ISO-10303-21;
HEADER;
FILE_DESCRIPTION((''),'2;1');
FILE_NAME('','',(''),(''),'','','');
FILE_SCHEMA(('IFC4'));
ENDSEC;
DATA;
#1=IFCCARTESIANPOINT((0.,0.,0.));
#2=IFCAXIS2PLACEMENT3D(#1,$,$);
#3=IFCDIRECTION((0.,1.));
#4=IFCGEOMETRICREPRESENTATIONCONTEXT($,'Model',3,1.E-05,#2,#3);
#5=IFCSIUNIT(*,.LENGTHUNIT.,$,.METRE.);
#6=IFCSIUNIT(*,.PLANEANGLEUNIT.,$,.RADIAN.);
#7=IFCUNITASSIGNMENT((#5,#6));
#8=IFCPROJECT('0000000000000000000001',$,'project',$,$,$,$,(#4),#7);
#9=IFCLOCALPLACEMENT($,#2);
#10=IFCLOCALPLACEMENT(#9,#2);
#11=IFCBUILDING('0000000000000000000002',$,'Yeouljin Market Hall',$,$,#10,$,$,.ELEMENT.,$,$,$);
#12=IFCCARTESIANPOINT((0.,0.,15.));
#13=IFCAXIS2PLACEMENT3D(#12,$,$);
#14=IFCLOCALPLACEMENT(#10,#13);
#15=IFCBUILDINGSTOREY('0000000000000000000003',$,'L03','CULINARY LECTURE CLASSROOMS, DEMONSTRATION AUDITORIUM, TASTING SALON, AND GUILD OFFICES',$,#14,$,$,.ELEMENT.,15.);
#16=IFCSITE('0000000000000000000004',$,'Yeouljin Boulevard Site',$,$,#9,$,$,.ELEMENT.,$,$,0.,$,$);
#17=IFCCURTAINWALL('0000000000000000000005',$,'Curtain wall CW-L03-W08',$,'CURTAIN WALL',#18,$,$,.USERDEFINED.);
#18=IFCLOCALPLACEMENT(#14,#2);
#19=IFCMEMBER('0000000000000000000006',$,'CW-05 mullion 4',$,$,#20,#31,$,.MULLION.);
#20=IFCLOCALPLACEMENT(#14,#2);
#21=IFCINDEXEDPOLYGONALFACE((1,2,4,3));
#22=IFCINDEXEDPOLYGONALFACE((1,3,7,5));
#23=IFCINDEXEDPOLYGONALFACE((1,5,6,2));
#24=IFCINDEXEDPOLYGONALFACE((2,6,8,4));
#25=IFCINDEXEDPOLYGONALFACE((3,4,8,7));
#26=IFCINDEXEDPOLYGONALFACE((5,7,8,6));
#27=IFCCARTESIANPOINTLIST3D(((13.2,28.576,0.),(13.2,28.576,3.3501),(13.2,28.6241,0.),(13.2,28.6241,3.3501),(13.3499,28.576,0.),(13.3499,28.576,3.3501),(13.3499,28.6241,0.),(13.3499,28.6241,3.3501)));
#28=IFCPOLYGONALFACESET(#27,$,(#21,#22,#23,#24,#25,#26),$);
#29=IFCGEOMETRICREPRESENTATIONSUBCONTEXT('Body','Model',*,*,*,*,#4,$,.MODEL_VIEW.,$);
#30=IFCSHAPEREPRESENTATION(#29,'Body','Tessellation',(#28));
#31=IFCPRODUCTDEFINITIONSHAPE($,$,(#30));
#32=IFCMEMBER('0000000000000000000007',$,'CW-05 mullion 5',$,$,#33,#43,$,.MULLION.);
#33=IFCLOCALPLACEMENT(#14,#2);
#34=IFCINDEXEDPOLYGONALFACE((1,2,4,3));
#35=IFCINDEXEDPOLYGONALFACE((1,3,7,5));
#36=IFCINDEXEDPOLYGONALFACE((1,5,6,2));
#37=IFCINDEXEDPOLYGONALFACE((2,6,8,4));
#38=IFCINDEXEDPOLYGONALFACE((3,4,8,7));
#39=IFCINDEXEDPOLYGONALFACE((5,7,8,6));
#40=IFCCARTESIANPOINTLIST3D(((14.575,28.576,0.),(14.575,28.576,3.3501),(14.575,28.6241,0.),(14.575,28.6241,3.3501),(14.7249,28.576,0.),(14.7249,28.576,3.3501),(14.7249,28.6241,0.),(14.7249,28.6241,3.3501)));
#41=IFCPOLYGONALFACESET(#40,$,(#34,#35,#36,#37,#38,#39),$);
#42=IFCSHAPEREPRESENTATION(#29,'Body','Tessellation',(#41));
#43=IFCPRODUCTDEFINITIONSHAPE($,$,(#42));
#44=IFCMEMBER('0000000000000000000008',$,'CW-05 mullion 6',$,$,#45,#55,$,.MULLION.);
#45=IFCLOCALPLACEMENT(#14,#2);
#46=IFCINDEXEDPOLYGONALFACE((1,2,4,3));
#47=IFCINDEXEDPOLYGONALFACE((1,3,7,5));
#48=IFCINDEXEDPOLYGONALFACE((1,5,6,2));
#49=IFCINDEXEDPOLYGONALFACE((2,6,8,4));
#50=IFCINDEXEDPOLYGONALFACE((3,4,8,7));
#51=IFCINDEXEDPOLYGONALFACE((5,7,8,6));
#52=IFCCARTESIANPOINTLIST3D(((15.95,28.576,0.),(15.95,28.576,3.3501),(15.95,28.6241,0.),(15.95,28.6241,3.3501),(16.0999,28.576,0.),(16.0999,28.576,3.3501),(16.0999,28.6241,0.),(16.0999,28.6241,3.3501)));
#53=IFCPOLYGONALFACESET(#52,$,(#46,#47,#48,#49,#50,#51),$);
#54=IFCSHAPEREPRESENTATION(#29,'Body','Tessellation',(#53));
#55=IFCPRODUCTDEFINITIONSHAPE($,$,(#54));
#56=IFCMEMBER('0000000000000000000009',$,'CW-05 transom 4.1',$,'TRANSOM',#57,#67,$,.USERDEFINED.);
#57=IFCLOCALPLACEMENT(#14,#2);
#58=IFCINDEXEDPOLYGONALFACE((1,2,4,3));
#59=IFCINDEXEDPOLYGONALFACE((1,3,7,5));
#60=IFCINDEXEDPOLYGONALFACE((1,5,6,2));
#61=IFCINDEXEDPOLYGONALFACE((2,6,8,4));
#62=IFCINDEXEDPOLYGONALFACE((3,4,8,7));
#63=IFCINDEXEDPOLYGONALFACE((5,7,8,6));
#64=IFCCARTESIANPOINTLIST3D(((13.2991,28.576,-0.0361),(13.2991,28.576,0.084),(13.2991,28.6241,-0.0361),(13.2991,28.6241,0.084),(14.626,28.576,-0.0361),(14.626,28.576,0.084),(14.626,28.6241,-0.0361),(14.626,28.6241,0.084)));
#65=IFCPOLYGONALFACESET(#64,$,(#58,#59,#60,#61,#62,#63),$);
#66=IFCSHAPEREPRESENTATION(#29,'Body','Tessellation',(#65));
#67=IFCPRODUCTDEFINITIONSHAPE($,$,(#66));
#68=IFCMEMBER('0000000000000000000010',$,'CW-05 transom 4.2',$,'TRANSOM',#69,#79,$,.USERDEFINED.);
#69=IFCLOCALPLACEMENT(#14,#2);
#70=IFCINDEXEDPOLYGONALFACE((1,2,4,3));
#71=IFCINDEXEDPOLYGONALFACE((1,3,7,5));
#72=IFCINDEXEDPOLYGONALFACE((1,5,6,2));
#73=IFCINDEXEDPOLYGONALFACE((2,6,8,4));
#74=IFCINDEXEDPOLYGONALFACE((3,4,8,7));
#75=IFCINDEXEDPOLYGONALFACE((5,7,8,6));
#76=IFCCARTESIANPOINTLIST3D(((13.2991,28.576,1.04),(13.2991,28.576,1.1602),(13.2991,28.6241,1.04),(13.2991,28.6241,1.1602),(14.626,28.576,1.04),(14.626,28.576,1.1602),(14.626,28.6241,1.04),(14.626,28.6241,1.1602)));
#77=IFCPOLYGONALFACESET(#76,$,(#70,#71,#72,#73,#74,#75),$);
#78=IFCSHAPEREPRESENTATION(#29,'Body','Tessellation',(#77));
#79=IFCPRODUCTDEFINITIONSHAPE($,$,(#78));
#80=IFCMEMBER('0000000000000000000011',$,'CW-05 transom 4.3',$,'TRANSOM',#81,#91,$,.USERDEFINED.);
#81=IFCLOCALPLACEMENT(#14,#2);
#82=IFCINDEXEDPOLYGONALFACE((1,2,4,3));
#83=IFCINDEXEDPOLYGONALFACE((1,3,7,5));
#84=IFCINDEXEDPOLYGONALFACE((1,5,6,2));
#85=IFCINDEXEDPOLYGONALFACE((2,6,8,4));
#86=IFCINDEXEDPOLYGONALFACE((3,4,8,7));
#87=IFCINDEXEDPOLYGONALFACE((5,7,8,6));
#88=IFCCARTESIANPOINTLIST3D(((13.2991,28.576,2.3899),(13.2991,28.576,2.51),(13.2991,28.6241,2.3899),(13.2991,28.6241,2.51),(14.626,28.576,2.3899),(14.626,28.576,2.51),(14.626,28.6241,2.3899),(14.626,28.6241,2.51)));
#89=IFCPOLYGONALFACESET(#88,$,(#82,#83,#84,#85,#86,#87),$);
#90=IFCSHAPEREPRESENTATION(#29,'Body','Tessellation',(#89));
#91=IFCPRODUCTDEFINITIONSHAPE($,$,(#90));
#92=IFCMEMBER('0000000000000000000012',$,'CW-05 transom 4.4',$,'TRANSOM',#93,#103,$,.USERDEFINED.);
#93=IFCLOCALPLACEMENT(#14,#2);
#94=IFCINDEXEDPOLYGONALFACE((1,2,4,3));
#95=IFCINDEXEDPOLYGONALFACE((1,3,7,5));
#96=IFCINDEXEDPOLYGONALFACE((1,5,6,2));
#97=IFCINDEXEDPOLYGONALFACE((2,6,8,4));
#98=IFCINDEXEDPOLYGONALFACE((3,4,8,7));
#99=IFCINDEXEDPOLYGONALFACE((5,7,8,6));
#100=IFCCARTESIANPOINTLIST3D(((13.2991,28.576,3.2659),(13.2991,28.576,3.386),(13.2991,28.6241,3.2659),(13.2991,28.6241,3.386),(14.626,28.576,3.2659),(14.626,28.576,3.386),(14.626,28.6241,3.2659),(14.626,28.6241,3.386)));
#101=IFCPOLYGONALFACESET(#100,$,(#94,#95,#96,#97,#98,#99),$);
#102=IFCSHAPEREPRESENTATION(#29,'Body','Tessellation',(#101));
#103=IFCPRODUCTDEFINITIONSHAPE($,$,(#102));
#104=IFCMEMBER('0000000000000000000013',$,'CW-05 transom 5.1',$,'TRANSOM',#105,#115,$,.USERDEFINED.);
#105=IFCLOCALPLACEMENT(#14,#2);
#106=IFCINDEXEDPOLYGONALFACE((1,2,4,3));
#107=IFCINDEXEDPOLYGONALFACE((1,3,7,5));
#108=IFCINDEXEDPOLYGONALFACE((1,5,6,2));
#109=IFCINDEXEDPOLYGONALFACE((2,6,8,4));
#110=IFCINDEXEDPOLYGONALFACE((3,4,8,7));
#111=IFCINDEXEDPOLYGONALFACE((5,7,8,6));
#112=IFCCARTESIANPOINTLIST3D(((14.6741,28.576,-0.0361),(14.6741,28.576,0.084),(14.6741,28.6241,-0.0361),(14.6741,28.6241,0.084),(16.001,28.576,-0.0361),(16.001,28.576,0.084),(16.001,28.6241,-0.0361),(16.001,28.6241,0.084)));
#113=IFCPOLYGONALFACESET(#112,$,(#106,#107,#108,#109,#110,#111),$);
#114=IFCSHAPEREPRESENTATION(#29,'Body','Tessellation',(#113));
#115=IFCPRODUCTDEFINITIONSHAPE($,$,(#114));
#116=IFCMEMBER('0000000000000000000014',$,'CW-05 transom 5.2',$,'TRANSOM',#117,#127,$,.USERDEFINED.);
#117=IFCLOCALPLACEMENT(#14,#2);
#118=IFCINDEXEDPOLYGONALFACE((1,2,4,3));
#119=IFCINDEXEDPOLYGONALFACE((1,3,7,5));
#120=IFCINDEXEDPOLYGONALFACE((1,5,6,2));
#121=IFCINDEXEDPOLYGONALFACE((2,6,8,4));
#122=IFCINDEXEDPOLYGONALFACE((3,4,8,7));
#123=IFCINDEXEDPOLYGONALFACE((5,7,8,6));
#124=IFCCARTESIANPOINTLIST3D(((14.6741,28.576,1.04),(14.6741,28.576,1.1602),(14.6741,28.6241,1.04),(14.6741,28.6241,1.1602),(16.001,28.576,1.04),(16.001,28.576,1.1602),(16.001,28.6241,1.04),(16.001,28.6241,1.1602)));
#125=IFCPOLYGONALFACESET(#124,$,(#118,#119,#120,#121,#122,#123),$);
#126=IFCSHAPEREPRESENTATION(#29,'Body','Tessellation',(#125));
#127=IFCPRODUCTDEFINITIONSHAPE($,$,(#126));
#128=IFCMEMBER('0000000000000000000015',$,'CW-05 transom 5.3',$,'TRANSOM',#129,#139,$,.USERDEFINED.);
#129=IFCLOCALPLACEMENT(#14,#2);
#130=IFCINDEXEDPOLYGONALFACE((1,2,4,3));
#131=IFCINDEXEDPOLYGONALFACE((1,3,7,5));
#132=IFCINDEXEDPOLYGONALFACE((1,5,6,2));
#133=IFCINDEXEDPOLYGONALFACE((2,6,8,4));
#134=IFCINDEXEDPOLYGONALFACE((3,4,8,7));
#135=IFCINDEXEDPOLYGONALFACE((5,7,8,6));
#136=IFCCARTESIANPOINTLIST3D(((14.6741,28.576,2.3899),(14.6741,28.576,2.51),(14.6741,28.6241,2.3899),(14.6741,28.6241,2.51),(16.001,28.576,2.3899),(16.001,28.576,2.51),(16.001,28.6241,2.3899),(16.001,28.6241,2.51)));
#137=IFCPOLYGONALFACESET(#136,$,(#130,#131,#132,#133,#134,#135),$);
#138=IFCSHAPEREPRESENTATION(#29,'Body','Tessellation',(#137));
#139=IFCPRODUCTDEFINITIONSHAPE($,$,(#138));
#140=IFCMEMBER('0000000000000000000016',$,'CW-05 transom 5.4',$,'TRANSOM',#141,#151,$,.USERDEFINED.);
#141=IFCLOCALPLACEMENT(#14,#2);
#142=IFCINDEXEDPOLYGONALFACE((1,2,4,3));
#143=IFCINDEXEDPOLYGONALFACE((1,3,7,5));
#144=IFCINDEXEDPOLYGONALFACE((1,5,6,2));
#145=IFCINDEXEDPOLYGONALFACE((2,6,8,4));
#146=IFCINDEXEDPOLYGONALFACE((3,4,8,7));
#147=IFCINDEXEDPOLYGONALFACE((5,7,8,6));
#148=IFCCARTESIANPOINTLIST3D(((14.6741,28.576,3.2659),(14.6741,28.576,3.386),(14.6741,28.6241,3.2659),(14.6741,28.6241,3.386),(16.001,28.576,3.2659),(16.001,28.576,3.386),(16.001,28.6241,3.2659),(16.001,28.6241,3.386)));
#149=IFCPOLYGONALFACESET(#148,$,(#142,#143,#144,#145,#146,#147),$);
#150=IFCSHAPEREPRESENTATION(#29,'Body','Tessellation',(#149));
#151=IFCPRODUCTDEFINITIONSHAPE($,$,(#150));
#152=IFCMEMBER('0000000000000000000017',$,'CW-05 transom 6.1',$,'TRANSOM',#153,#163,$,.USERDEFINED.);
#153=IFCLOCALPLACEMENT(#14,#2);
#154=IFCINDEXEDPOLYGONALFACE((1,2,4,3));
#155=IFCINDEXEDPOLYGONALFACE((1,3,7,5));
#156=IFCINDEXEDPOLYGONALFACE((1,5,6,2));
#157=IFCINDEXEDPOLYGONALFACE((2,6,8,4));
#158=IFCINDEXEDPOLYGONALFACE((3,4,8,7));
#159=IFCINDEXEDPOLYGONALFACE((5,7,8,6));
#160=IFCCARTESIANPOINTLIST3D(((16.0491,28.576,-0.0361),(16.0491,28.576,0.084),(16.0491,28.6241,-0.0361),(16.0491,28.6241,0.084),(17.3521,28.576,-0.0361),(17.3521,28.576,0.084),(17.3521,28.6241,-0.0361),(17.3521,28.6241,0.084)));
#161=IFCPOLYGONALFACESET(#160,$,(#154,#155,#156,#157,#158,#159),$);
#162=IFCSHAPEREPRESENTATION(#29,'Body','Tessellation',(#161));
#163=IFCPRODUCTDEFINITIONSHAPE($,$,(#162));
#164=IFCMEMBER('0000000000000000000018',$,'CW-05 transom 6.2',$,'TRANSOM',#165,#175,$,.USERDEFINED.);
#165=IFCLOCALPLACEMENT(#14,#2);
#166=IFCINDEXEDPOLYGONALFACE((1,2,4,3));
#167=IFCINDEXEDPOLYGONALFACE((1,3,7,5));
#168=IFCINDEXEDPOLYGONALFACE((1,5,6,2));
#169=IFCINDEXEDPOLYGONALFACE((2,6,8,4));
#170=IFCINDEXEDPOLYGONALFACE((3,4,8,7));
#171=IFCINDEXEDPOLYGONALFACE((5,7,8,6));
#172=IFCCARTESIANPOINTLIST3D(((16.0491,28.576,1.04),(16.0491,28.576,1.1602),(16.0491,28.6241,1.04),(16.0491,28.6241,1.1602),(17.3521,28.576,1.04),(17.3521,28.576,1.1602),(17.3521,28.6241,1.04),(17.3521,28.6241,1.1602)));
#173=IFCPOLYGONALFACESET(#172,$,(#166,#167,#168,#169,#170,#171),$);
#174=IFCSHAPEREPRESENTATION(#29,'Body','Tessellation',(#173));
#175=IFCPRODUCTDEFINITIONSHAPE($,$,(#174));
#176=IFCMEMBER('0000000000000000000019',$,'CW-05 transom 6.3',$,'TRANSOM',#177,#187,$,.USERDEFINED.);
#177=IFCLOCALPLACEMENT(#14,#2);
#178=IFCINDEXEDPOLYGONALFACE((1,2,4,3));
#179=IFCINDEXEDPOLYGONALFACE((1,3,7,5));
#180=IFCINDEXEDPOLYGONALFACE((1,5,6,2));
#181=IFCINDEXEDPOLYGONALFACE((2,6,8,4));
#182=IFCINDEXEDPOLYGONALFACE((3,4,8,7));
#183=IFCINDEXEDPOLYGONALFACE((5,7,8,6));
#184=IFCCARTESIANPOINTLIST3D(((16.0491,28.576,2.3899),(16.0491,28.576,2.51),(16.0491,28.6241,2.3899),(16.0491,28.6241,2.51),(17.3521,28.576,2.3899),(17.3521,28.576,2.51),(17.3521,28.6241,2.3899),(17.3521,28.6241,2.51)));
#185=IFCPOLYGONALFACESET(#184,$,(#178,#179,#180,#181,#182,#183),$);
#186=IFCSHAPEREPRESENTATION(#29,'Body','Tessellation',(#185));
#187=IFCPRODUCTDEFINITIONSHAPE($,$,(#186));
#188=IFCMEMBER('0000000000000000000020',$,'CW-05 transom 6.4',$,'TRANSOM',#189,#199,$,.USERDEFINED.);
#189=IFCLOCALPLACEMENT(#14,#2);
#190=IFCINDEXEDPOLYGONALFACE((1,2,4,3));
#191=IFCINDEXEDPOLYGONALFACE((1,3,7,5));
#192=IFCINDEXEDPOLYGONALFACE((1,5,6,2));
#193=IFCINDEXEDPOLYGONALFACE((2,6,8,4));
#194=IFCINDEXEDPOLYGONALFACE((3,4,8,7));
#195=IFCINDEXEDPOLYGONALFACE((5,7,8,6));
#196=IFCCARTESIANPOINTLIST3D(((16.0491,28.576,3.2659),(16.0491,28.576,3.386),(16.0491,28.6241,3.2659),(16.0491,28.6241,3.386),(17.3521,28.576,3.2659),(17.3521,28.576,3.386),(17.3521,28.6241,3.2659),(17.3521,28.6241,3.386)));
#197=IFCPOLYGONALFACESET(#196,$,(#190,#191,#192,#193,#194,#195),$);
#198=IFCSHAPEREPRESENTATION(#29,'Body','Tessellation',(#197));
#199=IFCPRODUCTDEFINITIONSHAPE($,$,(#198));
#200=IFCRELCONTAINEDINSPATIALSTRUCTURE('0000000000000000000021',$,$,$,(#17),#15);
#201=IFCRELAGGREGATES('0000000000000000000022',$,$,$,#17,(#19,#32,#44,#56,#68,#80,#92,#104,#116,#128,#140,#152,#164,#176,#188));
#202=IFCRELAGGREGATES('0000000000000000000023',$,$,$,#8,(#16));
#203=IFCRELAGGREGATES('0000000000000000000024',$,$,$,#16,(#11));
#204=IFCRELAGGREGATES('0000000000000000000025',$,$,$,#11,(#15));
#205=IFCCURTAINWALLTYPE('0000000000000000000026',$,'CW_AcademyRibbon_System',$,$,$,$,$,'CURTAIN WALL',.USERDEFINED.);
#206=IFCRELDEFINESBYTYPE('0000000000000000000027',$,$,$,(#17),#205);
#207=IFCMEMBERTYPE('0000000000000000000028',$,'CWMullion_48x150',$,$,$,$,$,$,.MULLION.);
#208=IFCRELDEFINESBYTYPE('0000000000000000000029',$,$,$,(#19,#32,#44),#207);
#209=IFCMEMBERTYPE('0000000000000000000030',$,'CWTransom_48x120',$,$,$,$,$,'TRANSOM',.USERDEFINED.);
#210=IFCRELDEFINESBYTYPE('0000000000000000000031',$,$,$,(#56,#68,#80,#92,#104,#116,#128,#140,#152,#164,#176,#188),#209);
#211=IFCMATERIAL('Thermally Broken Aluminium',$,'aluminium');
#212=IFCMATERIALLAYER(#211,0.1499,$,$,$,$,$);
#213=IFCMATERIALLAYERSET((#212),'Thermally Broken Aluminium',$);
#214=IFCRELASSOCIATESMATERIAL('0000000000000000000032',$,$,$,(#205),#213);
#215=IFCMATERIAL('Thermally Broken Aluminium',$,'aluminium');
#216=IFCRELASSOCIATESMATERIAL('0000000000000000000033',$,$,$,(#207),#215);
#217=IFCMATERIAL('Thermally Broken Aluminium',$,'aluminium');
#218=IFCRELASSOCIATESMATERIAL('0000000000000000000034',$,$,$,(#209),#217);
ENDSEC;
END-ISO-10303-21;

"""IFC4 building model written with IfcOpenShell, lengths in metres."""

from ifc_helpers import new_model, si_unit, direction, frame, origin, origin_2d, place, context, subcontext, project, spatial, rectangle, extrude, material, layer, layer_set, material_profile, profile_set, type_object, element, aggregate, save


model = new_model("IFC4")

# Units and contexts
model_context = context("Model", 3, precision=1e-05, world=origin(), true_north=direction((0.0, 1.0)))
body_context = subcontext(model_context, "Body", "Model", "MODEL_VIEW")
ifc_project = project(units=[si_unit("LENGTHUNIT", "METRE"), si_unit("PLANEANGLEUNIT", "RADIAN")], contexts=[model_context])

# Site, building, storey
site_placement = place(None, origin())
site = spatial("IfcSite", under=ifc_project, at=site_placement, Name="Yeouljin Boulevard Site", CompositionType="ELEMENT", RefElevation=0.0)
building_placement = place(site_placement, origin())
building = spatial("IfcBuilding", under=site, at=building_placement, Name="Yeouljin Market Hall", CompositionType="ELEMENT")
storey_placement = place(building_placement, frame((0.0, 0.0, 15.0)))
storey = spatial("IfcBuildingStorey", under=building, at=storey_placement, Name="L03", Description="CULINARY LECTURE CLASSROOMS, DEMONSTRATION AUDITORIUM, TASTING SALON, AND GUILD OFFICES", CompositionType="ELEMENT", Elevation=15.0)

# Curtain wall, members
ifc_material_1 = material(Name="Thermally Broken Aluminium", Category="aluminium")
ifc_layer_1 = layer(ifc_material_1, 0.1499)
ifc_layer_set_1 = layer_set([ifc_layer_1], Name="Thermally Broken Aluminium")
curtain_wall_type = type_object("IfcCurtainWallType", Name="CW_AcademyRibbon_System", ElementType="CURTAIN WALL", PredefinedType="USERDEFINED", material=ifc_layer_set_1)
curtain_wall_placement = place(storey_placement, origin())
curtain_wall = element("IfcCurtainWall", 1, at=curtain_wall_placement, inside=storey, type_object=curtain_wall_type, Name="Curtain wall CW-L03-W08", ObjectType="CURTAIN WALL", PredefinedType="USERDEFINED")
ifc_material_2 = material(Name="Thermally Broken Aluminium", Category="aluminium")
ifc_material_profile_1 = material_profile(ifc_material_2, rectangle(XDim=0.0481, YDim=0.1499, at=origin_2d()), Name="CW-MULL-48x150")
ifc_profile_set_1 = profile_set([ifc_material_profile_1], Name="Thermally Broken Aluminium")
member_type_1 = type_object("IfcMemberType", Name="CWMullion_48x150", PredefinedType="MULLION", material=ifc_profile_set_1)
member_1_placement = place(storey_placement, frame((13.2749, 28.6001, 0.0), z_axis=(0.0, 0.0, 1.0), x_axis=(0.0, 1.0, 0.0)))
member_1 = element("IfcMember", 2, at=member_1_placement, type_object=member_type_1, Name="CW-05 mullion 4", PredefinedType="MULLION", context=body_context, shape_type="SweptSolid", body=[
    extrude(rectangle(XDim=0.0481, YDim=0.1499, at=origin_2d()), origin(), (0.0, 0.0, 1.0), 3.3501),
])
member_2_placement = place(storey_placement, frame((14.6499, 28.6001, 0.0), z_axis=(0.0, 0.0, 1.0), x_axis=(0.0, 1.0, 0.0)))
member_2 = element("IfcMember", 3, at=member_2_placement, type_object=member_type_1, Name="CW-05 mullion 5", PredefinedType="MULLION", context=body_context, shape_type="SweptSolid", body=[
    extrude(rectangle(XDim=0.0481, YDim=0.1499, at=origin_2d()), origin(), (0.0, 0.0, 1.0), 3.3501),
])
member_3_placement = place(storey_placement, frame((16.0249, 28.6001, 0.0), z_axis=(0.0, 0.0, 1.0), x_axis=(0.0, 1.0, 0.0)))
member_3 = element("IfcMember", 4, at=member_3_placement, type_object=member_type_1, Name="CW-05 mullion 6", PredefinedType="MULLION", context=body_context, shape_type="SweptSolid", body=[
    extrude(rectangle(XDim=0.0481, YDim=0.1499, at=origin_2d()), origin(), (0.0, 0.0, 1.0), 3.3501),
])
ifc_material_3 = material(Name="Thermally Broken Aluminium", Category="aluminium")
ifc_material_profile_2 = material_profile(ifc_material_3, rectangle(XDim=0.0481, YDim=0.1201, at=origin_2d()), Name="CW-TRAN-48x120")
ifc_profile_set_2 = profile_set([ifc_material_profile_2], Name="Thermally Broken Aluminium")
member_type_2 = type_object("IfcMemberType", Name="CWTransom_48x120", ElementType="TRANSOM", PredefinedType="USERDEFINED", material=ifc_profile_set_2)
member_4_placement = place(storey_placement, frame((13.2991, 28.6001, 0.0239), z_axis=(1.0, 0.0, 0.0), x_axis=(0.0, 1.0, 0.0)))
member_4 = element("IfcMember", 5, at=member_4_placement, type_object=member_type_2, Name="CW-05 transom 4.1", ObjectType="TRANSOM", PredefinedType="USERDEFINED", context=body_context, shape_type="SweptSolid", body=[
    extrude(rectangle(XDim=0.0481, YDim=0.1201, at=origin_2d()), origin(), (0.0, 0.0, 1.0), 1.3269),
])
member_5_placement = place(storey_placement, frame((13.2991, 28.6001, 1.1001), z_axis=(1.0, 0.0, 0.0), x_axis=(0.0, 1.0, 0.0)))
member_5 = element("IfcMember", 6, at=member_5_placement, type_object=member_type_2, Name="CW-05 transom 4.2", ObjectType="TRANSOM", PredefinedType="USERDEFINED", context=body_context, shape_type="SweptSolid", body=[
    extrude(rectangle(XDim=0.0481, YDim=0.1201, at=origin_2d()), origin(), (0.0, 0.0, 1.0), 1.3269),
])
member_6_placement = place(storey_placement, frame((13.2991, 28.6001, 2.45), z_axis=(1.0, 0.0, 0.0), x_axis=(0.0, 1.0, 0.0)))
member_6 = element("IfcMember", 7, at=member_6_placement, type_object=member_type_2, Name="CW-05 transom 4.3", ObjectType="TRANSOM", PredefinedType="USERDEFINED", context=body_context, shape_type="SweptSolid", body=[
    extrude(rectangle(XDim=0.0481, YDim=0.1201, at=origin_2d()), origin(), (0.0, 0.0, 1.0), 1.3269),
])
member_7_placement = place(storey_placement, frame((13.2991, 28.6001, 3.3259), z_axis=(1.0, 0.0, 0.0), x_axis=(0.0, 1.0, 0.0)))
member_7 = element("IfcMember", 8, at=member_7_placement, type_object=member_type_2, Name="CW-05 transom 4.4", ObjectType="TRANSOM", PredefinedType="USERDEFINED", context=body_context, shape_type="SweptSolid", body=[
    extrude(rectangle(XDim=0.0481, YDim=0.1201, at=origin_2d()), origin(), (0.0, 0.0, 1.0), 1.3269),
])
member_8_placement = place(storey_placement, frame((14.6741, 28.6001, 0.0239), z_axis=(1.0, 0.0, 0.0), x_axis=(0.0, 1.0, 0.0)))
member_8 = element("IfcMember", 9, at=member_8_placement, type_object=member_type_2, Name="CW-05 transom 5.1", ObjectType="TRANSOM", PredefinedType="USERDEFINED", context=body_context, shape_type="SweptSolid", body=[
    extrude(rectangle(XDim=0.0481, YDim=0.1201, at=origin_2d()), origin(), (0.0, 0.0, 1.0), 1.3269),
])
member_9_placement = place(storey_placement, frame((14.6741, 28.6001, 1.1001), z_axis=(1.0, 0.0, 0.0), x_axis=(0.0, 1.0, 0.0)))
member_9 = element("IfcMember", 10, at=member_9_placement, type_object=member_type_2, Name="CW-05 transom 5.2", ObjectType="TRANSOM", PredefinedType="USERDEFINED", context=body_context, shape_type="SweptSolid", body=[
    extrude(rectangle(XDim=0.0481, YDim=0.1201, at=origin_2d()), origin(), (0.0, 0.0, 1.0), 1.3269),
])
member_10_placement = place(storey_placement, frame((14.6741, 28.6001, 2.45), z_axis=(1.0, 0.0, 0.0), x_axis=(0.0, 1.0, 0.0)))
member_10 = element("IfcMember", 11, at=member_10_placement, type_object=member_type_2, Name="CW-05 transom 5.3", ObjectType="TRANSOM", PredefinedType="USERDEFINED", context=body_context, shape_type="SweptSolid", body=[
    extrude(rectangle(XDim=0.0481, YDim=0.1201, at=origin_2d()), origin(), (0.0, 0.0, 1.0), 1.3269),
])
member_11_placement = place(storey_placement, frame((14.6741, 28.6001, 3.3259), z_axis=(1.0, 0.0, 0.0), x_axis=(0.0, 1.0, 0.0)))
member_11 = element("IfcMember", 12, at=member_11_placement, type_object=member_type_2, Name="CW-05 transom 5.4", ObjectType="TRANSOM", PredefinedType="USERDEFINED", context=body_context, shape_type="SweptSolid", body=[
    extrude(rectangle(XDim=0.0481, YDim=0.1201, at=origin_2d()), origin(), (0.0, 0.0, 1.0), 1.3269),
])
member_12_placement = place(storey_placement, frame((16.0491, 28.6001, 0.0239), z_axis=(1.0, 0.0, 0.0), x_axis=(0.0, 1.0, 0.0)))
member_12 = element("IfcMember", 13, at=member_12_placement, type_object=member_type_2, Name="CW-05 transom 6.1", ObjectType="TRANSOM", PredefinedType="USERDEFINED", context=body_context, shape_type="SweptSolid", body=[
    extrude(rectangle(XDim=0.0481, YDim=0.1201, at=origin_2d()), origin(), (0.0, 0.0, 1.0), 1.303),
])
member_13_placement = place(storey_placement, frame((16.0491, 28.6001, 1.1001), z_axis=(1.0, 0.0, 0.0), x_axis=(0.0, 1.0, 0.0)))
member_13 = element("IfcMember", 14, at=member_13_placement, type_object=member_type_2, Name="CW-05 transom 6.2", ObjectType="TRANSOM", PredefinedType="USERDEFINED", context=body_context, shape_type="SweptSolid", body=[
    extrude(rectangle(XDim=0.0481, YDim=0.1201, at=origin_2d()), origin(), (0.0, 0.0, 1.0), 1.303),
])
member_14_placement = place(storey_placement, frame((16.0491, 28.6001, 2.45), z_axis=(1.0, 0.0, 0.0), x_axis=(0.0, 1.0, 0.0)))
member_14 = element("IfcMember", 15, at=member_14_placement, type_object=member_type_2, Name="CW-05 transom 6.3", ObjectType="TRANSOM", PredefinedType="USERDEFINED", context=body_context, shape_type="SweptSolid", body=[
    extrude(rectangle(XDim=0.0481, YDim=0.1201, at=origin_2d()), origin(), (0.0, 0.0, 1.0), 1.303),
])
member_15_placement = place(storey_placement, frame((16.0491, 28.6001, 3.3259), z_axis=(1.0, 0.0, 0.0), x_axis=(0.0, 1.0, 0.0)))
member_15 = element("IfcMember", 16, at=member_15_placement, type_object=member_type_2, Name="CW-05 transom 6.4", ObjectType="TRANSOM", PredefinedType="USERDEFINED", context=body_context, shape_type="SweptSolid", body=[
    extrude(rectangle(XDim=0.0481, YDim=0.1201, at=origin_2d()), origin(), (0.0, 0.0, 1.0), 1.303),
])

aggregate(curtain_wall, [member_1, member_2, member_3, member_4, member_5, member_6, member_7, member_8, member_9, member_10, member_11, member_12, member_13, member_14, member_15])

save(model, "model.ifc")
